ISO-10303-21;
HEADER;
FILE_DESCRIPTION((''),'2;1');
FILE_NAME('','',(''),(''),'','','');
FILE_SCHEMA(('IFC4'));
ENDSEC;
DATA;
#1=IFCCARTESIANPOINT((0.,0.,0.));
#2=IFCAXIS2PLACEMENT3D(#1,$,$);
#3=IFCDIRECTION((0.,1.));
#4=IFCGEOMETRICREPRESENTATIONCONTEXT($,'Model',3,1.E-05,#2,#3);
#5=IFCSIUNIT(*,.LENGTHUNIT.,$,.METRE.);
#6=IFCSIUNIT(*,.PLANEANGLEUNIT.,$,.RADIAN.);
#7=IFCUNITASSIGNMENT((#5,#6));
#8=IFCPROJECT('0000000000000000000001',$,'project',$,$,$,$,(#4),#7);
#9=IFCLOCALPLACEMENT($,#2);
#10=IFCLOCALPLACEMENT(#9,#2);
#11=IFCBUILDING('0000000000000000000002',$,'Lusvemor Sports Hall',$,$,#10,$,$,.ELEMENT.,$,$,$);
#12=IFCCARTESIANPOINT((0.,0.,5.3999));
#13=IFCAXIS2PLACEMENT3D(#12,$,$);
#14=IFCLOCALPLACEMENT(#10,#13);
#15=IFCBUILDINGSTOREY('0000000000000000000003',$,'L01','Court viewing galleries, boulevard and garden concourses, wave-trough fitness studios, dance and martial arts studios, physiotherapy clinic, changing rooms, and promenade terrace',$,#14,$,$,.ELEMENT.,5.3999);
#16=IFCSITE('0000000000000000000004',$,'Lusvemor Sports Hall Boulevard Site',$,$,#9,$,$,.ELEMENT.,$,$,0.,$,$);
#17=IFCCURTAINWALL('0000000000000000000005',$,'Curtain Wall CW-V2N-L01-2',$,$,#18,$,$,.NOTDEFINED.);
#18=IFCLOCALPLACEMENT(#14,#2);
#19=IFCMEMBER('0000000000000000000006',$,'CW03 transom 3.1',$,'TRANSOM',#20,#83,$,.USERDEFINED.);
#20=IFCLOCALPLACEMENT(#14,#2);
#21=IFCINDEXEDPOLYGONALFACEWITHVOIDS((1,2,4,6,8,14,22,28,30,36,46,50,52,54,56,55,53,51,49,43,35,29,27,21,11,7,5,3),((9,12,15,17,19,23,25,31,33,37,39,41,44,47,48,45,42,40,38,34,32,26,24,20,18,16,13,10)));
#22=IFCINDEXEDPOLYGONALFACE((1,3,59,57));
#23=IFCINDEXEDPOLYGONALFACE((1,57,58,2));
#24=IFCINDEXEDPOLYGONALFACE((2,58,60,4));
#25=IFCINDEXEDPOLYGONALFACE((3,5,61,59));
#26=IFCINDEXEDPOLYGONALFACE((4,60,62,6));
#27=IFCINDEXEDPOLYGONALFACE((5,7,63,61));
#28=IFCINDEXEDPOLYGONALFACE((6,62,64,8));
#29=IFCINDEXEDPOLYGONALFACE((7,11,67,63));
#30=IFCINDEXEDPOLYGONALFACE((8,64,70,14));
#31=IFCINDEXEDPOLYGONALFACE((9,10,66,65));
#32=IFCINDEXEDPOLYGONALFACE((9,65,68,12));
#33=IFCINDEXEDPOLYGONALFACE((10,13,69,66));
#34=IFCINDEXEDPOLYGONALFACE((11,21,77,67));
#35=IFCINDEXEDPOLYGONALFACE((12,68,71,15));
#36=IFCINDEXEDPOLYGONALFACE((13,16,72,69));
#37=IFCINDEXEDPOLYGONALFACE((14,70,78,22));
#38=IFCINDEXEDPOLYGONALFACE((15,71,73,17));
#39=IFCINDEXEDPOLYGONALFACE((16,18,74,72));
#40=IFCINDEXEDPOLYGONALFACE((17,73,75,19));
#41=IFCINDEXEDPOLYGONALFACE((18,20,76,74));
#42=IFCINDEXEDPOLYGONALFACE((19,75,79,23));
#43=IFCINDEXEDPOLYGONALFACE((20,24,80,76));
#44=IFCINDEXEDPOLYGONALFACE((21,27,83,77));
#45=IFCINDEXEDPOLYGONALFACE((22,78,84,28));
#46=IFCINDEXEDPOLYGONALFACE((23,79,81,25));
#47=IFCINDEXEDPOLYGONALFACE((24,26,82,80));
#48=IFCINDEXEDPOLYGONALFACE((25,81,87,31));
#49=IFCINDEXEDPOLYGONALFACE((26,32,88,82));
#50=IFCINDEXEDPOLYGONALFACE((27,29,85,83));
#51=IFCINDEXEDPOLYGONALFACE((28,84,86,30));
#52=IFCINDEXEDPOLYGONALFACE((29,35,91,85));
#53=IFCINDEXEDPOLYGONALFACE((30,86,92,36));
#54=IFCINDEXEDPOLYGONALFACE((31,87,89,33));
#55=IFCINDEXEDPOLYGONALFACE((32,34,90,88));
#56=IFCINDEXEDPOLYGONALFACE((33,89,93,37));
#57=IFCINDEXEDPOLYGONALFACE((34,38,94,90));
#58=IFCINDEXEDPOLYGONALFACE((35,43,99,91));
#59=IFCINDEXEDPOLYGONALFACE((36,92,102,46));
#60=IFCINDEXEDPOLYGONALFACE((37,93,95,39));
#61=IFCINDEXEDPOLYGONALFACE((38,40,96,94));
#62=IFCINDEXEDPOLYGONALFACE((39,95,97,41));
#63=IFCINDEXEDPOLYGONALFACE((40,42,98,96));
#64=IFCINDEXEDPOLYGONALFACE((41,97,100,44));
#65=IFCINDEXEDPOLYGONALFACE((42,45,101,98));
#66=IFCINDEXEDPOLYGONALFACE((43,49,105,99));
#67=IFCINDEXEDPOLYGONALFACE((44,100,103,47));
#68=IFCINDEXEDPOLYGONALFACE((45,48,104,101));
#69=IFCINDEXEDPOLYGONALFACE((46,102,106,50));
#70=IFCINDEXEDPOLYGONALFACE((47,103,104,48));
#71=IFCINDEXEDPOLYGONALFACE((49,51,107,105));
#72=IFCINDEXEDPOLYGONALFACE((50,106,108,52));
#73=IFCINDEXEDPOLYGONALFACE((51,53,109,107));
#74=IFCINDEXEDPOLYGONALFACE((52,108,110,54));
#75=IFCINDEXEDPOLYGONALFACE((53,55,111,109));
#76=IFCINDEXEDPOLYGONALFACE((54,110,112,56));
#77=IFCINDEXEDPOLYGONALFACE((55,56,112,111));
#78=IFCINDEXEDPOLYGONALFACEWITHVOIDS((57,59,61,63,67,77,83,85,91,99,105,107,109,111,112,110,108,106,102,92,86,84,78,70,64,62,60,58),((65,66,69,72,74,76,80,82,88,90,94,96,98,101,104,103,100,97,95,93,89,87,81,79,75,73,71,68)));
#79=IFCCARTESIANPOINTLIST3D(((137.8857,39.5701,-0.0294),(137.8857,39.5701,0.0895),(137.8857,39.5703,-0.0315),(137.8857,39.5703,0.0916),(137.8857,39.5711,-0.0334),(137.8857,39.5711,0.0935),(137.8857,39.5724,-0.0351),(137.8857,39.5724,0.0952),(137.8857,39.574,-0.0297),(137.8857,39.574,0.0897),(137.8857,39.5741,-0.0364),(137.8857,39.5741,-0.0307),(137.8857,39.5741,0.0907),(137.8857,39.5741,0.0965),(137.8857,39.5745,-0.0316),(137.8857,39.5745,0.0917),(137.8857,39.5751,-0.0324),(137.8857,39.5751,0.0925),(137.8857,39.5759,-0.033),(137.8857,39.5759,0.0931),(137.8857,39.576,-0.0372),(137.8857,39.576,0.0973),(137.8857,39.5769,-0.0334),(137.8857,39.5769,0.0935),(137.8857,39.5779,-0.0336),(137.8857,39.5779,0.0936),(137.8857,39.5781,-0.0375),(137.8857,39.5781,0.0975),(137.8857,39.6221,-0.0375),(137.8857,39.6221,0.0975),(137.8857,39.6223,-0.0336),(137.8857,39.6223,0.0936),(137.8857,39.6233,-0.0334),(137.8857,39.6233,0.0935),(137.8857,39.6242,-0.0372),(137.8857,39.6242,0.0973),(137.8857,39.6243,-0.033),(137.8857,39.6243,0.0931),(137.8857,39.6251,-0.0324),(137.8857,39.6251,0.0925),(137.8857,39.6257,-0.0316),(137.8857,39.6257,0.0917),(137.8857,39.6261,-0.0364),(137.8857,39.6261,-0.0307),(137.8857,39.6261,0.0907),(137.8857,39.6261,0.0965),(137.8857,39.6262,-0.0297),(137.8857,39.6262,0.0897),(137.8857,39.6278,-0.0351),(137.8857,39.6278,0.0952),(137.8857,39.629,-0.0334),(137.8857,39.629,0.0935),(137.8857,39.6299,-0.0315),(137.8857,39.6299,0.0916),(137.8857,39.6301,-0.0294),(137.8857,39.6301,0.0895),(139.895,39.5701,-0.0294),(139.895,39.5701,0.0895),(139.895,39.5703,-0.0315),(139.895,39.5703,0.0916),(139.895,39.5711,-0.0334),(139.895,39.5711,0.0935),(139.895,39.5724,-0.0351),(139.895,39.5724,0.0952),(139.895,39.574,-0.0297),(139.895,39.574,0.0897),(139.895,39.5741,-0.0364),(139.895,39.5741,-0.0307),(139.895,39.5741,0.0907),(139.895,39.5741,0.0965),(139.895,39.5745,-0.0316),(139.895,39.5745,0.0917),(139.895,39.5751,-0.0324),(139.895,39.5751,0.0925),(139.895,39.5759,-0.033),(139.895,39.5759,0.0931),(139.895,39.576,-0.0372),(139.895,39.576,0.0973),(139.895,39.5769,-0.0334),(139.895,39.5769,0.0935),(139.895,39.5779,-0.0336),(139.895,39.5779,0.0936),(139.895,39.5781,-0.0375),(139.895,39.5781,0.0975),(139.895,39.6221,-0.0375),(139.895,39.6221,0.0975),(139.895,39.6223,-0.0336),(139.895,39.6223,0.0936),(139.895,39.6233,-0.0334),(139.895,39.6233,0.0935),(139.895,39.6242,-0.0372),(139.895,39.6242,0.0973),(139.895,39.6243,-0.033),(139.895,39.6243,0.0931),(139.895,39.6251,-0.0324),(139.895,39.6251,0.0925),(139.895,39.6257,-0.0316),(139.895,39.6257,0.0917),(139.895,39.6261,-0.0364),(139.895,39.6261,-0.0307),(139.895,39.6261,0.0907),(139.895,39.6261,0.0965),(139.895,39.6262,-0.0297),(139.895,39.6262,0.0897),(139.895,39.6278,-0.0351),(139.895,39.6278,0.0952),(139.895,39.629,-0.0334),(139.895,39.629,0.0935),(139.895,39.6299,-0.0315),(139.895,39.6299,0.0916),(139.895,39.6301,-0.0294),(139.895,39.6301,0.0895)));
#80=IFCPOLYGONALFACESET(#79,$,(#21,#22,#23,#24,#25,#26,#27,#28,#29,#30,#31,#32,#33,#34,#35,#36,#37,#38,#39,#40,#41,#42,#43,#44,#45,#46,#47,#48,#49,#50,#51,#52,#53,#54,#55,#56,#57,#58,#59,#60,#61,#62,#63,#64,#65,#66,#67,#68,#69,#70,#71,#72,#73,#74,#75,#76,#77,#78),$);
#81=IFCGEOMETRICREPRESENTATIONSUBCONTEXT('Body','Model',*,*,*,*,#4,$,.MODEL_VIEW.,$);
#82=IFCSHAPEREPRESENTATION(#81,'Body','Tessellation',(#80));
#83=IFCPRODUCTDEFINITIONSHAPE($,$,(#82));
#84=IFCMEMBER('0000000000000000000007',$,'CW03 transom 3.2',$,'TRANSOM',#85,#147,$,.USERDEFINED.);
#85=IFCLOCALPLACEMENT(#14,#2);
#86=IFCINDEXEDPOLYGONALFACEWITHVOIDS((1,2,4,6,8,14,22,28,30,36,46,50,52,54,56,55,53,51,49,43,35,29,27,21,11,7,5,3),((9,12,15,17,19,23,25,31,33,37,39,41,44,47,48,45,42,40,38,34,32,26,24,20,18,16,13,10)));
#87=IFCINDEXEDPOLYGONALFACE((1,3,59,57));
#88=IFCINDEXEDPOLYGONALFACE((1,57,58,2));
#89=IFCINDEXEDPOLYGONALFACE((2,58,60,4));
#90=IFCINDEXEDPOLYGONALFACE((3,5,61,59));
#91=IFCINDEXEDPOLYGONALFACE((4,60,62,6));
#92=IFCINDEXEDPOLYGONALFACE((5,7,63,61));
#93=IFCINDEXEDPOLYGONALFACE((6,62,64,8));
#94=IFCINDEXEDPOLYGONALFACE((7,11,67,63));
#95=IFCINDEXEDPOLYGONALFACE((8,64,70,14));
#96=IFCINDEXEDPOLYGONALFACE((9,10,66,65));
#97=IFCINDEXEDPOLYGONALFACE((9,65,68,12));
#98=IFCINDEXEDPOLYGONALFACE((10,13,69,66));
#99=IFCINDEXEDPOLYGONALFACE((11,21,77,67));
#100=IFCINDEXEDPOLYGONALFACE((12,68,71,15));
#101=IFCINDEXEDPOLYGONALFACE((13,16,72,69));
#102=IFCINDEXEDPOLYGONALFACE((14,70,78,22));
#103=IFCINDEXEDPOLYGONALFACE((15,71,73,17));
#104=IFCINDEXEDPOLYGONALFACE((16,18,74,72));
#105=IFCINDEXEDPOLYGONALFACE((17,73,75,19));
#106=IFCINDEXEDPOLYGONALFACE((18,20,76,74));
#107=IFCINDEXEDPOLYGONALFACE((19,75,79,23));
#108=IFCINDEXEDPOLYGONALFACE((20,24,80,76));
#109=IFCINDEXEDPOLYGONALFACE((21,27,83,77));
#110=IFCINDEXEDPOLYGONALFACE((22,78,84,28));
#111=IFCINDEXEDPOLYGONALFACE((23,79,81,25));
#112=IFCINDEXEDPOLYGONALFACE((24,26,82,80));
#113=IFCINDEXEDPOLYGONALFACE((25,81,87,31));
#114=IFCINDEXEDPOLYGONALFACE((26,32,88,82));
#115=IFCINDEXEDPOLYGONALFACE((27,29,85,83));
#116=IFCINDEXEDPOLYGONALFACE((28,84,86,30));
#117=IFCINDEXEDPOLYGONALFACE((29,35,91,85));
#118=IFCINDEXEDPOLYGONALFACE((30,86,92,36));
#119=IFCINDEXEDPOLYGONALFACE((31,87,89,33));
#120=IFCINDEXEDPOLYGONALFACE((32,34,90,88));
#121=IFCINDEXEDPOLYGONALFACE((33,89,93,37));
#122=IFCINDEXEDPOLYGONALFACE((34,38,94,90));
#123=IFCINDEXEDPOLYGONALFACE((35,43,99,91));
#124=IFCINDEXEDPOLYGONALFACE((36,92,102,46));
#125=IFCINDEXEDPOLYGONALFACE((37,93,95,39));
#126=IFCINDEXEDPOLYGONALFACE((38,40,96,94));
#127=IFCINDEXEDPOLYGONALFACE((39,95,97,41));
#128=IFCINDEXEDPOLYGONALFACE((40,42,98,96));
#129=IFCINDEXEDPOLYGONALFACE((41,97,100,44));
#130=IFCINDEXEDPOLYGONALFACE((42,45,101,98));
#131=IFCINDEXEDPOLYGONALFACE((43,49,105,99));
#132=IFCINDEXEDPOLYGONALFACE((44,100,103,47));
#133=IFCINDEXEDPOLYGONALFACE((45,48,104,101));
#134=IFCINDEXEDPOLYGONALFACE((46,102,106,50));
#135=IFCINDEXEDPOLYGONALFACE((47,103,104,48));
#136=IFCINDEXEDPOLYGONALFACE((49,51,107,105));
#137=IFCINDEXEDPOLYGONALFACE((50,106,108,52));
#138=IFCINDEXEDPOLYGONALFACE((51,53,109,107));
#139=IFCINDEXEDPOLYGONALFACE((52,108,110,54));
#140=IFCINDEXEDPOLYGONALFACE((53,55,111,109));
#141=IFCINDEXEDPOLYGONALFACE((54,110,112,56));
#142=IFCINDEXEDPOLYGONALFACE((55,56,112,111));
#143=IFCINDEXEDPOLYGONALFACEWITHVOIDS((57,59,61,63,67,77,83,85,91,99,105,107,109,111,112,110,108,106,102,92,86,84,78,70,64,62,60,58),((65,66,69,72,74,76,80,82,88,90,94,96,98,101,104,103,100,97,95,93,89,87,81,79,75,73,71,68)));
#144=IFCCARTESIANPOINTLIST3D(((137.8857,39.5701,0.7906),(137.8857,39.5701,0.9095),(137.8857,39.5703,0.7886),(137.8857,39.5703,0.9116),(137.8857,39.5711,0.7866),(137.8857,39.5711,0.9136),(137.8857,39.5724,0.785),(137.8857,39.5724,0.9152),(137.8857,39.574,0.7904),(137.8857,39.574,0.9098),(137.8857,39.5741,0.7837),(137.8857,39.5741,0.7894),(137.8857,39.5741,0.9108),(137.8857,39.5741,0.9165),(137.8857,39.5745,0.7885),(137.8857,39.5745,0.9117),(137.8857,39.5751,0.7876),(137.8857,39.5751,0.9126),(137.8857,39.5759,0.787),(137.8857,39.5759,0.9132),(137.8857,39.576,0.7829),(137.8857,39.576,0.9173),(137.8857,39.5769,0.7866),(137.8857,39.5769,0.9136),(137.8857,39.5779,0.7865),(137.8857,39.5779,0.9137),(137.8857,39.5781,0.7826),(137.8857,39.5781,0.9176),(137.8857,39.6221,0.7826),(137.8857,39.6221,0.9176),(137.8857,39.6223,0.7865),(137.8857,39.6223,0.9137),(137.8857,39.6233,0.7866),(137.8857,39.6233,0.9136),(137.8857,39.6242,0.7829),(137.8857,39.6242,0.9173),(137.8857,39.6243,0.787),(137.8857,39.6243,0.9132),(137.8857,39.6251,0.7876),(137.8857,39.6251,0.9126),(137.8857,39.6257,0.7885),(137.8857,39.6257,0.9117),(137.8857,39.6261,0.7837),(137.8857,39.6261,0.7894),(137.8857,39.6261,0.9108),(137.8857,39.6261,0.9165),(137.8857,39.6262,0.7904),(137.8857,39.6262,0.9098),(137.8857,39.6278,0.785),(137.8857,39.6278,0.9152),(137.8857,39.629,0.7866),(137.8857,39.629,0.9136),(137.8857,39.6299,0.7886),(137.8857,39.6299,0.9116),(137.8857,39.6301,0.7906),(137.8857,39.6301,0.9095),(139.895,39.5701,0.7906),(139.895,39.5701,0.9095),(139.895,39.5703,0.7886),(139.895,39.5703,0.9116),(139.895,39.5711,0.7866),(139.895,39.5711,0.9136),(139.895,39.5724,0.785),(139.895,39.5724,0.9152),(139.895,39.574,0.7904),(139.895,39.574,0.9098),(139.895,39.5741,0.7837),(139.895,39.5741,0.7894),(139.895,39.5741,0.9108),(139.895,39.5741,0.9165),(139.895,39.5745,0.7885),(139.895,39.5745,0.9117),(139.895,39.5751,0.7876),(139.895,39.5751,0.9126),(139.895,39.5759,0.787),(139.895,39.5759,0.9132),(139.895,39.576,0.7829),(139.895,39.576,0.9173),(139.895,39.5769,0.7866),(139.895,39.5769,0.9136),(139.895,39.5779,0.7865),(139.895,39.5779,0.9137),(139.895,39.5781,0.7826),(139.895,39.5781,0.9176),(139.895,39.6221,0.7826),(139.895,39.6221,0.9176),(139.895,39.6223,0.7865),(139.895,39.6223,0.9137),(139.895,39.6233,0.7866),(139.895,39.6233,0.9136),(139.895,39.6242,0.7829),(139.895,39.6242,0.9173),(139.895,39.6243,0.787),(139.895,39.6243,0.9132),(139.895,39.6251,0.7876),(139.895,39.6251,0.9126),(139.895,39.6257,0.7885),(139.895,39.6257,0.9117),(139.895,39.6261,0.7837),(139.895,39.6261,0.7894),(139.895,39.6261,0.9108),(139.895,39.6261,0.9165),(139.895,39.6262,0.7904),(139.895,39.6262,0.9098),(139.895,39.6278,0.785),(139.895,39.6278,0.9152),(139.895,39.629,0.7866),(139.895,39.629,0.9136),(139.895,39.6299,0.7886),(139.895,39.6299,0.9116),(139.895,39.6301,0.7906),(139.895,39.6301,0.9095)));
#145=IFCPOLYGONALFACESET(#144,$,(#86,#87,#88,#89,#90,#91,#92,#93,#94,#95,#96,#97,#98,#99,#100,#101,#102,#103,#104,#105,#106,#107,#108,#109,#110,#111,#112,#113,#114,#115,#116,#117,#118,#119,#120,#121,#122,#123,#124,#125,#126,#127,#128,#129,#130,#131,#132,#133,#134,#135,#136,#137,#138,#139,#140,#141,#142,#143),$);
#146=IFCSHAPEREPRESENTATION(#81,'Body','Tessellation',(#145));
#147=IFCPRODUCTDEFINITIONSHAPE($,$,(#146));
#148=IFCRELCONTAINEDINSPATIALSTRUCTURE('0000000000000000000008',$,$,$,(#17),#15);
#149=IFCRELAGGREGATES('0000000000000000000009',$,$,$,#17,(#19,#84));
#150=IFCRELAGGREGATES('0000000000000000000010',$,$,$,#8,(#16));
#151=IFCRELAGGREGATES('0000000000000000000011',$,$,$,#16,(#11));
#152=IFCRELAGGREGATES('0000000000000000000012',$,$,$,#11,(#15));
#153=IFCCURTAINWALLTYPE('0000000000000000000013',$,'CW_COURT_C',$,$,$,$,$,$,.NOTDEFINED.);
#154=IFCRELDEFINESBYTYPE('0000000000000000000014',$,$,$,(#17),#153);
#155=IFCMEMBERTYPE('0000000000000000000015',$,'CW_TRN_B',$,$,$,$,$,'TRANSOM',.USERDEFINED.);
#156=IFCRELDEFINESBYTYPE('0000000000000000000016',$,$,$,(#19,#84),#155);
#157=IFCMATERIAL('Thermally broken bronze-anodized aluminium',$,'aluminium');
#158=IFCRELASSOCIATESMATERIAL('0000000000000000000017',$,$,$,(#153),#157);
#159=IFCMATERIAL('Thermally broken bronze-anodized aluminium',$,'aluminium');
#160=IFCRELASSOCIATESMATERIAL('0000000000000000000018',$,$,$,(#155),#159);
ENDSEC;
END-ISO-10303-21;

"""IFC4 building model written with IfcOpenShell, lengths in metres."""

from ifc_helpers import new_model, si_unit, direction, frame, origin, origin_2d, place, context, subcontext, project, spatial, hollow_rectangle, extrude, material, material_profile, profile_set, type_object, element, aggregate, save


model = new_model("IFC4")

# Units and contexts
model_context = context("Model", 3, precision=1e-05, world=origin(), true_north=direction((0.0, 1.0)))
body_context = subcontext(model_context, "Body", "Model", "MODEL_VIEW")
ifc_project = project(units=[si_unit("LENGTHUNIT", "METRE"), si_unit("PLANEANGLEUNIT", "RADIAN")], contexts=[model_context])

# Site, building, storey
site_placement = place(None, origin())
site = spatial("IfcSite", under=ifc_project, at=site_placement, Name="Lusvemor Sports Hall Boulevard Site", CompositionType="ELEMENT", RefElevation=0.0)
building_placement = place(site_placement, origin())
building = spatial("IfcBuilding", under=site, at=building_placement, Name="Lusvemor Sports Hall", CompositionType="ELEMENT")
storey_placement = place(building_placement, frame((0.0, 0.0, 5.3999)))
storey = spatial("IfcBuildingStorey", under=building, at=storey_placement, Name="L01", Description="Court viewing galleries, boulevard and garden concourses, wave-trough fitness studios, dance and martial arts studios, physiotherapy clinic, changing rooms, and promenade terrace", CompositionType="ELEMENT", Elevation=5.3999)

# Curtain wall, members
ifc_material_1 = material(Name="Thermally broken bronze-anodized aluminium", Category="aluminium")
curtain_wall_type = type_object("IfcCurtainWallType", Name="CW_COURT_C", PredefinedType="NOTDEFINED", material=ifc_material_1)
curtain_wall_placement = place(storey_placement, origin())
curtain_wall = element("IfcCurtainWall", 1, at=curtain_wall_placement, inside=storey, type_object=curtain_wall_type, Name="Curtain Wall CW-V2N-L01-2", PredefinedType="NOTDEFINED")
ifc_material_2 = material(Name="Thermally broken bronze-anodized aluminium", Category="aluminium")
ifc_material_profile_1 = material_profile(ifc_material_2, hollow_rectangle(XDim=0.0601, YDim=0.135, WallThickness=0.0039, InnerFilletRadius=0.0039, OuterFilletRadius=0.0081, at=origin_2d()), Name="CWTRN135x60x4")
ifc_profile_set_1 = profile_set([ifc_material_profile_1], Name="Thermally broken bronze-anodized aluminium")
member_type_1 = type_object("IfcMemberType", Name="CW_TRN_B", ElementType="TRANSOM", PredefinedType="USERDEFINED", material=ifc_profile_set_1)
member_1_placement = place(storey_placement, frame((137.8857, 39.6001, 0.03), z_axis=(1.0, 0.0, 0.0), x_axis=(0.0, 1.0, 0.0)))
member_1 = element("IfcMember", 2, at=member_1_placement, type_object=member_type_1, Name="CW03 transom 3.1", ObjectType="TRANSOM", PredefinedType="USERDEFINED", context=body_context, shape_type="SweptSolid", body=[
    extrude(hollow_rectangle(XDim=0.0601, YDim=0.135, WallThickness=0.0039, InnerFilletRadius=0.0039, OuterFilletRadius=0.0081, at=origin_2d()), origin(), (0.0, 0.0, 1.0), 2.0093),
])
member_2_placement = place(storey_placement, frame((137.8857, 39.6001, 0.8501), z_axis=(1.0, 0.0, 0.0), x_axis=(0.0, 1.0, 0.0)))
member_2 = element("IfcMember", 3, at=member_2_placement, type_object=member_type_1, Name="CW03 transom 3.2", ObjectType="TRANSOM", PredefinedType="USERDEFINED", context=body_context, shape_type="SweptSolid", body=[
    extrude(hollow_rectangle(XDim=0.0601, YDim=0.135, WallThickness=0.0039, InnerFilletRadius=0.0039, OuterFilletRadius=0.0081, at=origin_2d()), origin(), (0.0, 0.0, 1.0), 2.0093),
])

aggregate(curtain_wall, [member_1, member_2])

save(model, "model.ifc")
